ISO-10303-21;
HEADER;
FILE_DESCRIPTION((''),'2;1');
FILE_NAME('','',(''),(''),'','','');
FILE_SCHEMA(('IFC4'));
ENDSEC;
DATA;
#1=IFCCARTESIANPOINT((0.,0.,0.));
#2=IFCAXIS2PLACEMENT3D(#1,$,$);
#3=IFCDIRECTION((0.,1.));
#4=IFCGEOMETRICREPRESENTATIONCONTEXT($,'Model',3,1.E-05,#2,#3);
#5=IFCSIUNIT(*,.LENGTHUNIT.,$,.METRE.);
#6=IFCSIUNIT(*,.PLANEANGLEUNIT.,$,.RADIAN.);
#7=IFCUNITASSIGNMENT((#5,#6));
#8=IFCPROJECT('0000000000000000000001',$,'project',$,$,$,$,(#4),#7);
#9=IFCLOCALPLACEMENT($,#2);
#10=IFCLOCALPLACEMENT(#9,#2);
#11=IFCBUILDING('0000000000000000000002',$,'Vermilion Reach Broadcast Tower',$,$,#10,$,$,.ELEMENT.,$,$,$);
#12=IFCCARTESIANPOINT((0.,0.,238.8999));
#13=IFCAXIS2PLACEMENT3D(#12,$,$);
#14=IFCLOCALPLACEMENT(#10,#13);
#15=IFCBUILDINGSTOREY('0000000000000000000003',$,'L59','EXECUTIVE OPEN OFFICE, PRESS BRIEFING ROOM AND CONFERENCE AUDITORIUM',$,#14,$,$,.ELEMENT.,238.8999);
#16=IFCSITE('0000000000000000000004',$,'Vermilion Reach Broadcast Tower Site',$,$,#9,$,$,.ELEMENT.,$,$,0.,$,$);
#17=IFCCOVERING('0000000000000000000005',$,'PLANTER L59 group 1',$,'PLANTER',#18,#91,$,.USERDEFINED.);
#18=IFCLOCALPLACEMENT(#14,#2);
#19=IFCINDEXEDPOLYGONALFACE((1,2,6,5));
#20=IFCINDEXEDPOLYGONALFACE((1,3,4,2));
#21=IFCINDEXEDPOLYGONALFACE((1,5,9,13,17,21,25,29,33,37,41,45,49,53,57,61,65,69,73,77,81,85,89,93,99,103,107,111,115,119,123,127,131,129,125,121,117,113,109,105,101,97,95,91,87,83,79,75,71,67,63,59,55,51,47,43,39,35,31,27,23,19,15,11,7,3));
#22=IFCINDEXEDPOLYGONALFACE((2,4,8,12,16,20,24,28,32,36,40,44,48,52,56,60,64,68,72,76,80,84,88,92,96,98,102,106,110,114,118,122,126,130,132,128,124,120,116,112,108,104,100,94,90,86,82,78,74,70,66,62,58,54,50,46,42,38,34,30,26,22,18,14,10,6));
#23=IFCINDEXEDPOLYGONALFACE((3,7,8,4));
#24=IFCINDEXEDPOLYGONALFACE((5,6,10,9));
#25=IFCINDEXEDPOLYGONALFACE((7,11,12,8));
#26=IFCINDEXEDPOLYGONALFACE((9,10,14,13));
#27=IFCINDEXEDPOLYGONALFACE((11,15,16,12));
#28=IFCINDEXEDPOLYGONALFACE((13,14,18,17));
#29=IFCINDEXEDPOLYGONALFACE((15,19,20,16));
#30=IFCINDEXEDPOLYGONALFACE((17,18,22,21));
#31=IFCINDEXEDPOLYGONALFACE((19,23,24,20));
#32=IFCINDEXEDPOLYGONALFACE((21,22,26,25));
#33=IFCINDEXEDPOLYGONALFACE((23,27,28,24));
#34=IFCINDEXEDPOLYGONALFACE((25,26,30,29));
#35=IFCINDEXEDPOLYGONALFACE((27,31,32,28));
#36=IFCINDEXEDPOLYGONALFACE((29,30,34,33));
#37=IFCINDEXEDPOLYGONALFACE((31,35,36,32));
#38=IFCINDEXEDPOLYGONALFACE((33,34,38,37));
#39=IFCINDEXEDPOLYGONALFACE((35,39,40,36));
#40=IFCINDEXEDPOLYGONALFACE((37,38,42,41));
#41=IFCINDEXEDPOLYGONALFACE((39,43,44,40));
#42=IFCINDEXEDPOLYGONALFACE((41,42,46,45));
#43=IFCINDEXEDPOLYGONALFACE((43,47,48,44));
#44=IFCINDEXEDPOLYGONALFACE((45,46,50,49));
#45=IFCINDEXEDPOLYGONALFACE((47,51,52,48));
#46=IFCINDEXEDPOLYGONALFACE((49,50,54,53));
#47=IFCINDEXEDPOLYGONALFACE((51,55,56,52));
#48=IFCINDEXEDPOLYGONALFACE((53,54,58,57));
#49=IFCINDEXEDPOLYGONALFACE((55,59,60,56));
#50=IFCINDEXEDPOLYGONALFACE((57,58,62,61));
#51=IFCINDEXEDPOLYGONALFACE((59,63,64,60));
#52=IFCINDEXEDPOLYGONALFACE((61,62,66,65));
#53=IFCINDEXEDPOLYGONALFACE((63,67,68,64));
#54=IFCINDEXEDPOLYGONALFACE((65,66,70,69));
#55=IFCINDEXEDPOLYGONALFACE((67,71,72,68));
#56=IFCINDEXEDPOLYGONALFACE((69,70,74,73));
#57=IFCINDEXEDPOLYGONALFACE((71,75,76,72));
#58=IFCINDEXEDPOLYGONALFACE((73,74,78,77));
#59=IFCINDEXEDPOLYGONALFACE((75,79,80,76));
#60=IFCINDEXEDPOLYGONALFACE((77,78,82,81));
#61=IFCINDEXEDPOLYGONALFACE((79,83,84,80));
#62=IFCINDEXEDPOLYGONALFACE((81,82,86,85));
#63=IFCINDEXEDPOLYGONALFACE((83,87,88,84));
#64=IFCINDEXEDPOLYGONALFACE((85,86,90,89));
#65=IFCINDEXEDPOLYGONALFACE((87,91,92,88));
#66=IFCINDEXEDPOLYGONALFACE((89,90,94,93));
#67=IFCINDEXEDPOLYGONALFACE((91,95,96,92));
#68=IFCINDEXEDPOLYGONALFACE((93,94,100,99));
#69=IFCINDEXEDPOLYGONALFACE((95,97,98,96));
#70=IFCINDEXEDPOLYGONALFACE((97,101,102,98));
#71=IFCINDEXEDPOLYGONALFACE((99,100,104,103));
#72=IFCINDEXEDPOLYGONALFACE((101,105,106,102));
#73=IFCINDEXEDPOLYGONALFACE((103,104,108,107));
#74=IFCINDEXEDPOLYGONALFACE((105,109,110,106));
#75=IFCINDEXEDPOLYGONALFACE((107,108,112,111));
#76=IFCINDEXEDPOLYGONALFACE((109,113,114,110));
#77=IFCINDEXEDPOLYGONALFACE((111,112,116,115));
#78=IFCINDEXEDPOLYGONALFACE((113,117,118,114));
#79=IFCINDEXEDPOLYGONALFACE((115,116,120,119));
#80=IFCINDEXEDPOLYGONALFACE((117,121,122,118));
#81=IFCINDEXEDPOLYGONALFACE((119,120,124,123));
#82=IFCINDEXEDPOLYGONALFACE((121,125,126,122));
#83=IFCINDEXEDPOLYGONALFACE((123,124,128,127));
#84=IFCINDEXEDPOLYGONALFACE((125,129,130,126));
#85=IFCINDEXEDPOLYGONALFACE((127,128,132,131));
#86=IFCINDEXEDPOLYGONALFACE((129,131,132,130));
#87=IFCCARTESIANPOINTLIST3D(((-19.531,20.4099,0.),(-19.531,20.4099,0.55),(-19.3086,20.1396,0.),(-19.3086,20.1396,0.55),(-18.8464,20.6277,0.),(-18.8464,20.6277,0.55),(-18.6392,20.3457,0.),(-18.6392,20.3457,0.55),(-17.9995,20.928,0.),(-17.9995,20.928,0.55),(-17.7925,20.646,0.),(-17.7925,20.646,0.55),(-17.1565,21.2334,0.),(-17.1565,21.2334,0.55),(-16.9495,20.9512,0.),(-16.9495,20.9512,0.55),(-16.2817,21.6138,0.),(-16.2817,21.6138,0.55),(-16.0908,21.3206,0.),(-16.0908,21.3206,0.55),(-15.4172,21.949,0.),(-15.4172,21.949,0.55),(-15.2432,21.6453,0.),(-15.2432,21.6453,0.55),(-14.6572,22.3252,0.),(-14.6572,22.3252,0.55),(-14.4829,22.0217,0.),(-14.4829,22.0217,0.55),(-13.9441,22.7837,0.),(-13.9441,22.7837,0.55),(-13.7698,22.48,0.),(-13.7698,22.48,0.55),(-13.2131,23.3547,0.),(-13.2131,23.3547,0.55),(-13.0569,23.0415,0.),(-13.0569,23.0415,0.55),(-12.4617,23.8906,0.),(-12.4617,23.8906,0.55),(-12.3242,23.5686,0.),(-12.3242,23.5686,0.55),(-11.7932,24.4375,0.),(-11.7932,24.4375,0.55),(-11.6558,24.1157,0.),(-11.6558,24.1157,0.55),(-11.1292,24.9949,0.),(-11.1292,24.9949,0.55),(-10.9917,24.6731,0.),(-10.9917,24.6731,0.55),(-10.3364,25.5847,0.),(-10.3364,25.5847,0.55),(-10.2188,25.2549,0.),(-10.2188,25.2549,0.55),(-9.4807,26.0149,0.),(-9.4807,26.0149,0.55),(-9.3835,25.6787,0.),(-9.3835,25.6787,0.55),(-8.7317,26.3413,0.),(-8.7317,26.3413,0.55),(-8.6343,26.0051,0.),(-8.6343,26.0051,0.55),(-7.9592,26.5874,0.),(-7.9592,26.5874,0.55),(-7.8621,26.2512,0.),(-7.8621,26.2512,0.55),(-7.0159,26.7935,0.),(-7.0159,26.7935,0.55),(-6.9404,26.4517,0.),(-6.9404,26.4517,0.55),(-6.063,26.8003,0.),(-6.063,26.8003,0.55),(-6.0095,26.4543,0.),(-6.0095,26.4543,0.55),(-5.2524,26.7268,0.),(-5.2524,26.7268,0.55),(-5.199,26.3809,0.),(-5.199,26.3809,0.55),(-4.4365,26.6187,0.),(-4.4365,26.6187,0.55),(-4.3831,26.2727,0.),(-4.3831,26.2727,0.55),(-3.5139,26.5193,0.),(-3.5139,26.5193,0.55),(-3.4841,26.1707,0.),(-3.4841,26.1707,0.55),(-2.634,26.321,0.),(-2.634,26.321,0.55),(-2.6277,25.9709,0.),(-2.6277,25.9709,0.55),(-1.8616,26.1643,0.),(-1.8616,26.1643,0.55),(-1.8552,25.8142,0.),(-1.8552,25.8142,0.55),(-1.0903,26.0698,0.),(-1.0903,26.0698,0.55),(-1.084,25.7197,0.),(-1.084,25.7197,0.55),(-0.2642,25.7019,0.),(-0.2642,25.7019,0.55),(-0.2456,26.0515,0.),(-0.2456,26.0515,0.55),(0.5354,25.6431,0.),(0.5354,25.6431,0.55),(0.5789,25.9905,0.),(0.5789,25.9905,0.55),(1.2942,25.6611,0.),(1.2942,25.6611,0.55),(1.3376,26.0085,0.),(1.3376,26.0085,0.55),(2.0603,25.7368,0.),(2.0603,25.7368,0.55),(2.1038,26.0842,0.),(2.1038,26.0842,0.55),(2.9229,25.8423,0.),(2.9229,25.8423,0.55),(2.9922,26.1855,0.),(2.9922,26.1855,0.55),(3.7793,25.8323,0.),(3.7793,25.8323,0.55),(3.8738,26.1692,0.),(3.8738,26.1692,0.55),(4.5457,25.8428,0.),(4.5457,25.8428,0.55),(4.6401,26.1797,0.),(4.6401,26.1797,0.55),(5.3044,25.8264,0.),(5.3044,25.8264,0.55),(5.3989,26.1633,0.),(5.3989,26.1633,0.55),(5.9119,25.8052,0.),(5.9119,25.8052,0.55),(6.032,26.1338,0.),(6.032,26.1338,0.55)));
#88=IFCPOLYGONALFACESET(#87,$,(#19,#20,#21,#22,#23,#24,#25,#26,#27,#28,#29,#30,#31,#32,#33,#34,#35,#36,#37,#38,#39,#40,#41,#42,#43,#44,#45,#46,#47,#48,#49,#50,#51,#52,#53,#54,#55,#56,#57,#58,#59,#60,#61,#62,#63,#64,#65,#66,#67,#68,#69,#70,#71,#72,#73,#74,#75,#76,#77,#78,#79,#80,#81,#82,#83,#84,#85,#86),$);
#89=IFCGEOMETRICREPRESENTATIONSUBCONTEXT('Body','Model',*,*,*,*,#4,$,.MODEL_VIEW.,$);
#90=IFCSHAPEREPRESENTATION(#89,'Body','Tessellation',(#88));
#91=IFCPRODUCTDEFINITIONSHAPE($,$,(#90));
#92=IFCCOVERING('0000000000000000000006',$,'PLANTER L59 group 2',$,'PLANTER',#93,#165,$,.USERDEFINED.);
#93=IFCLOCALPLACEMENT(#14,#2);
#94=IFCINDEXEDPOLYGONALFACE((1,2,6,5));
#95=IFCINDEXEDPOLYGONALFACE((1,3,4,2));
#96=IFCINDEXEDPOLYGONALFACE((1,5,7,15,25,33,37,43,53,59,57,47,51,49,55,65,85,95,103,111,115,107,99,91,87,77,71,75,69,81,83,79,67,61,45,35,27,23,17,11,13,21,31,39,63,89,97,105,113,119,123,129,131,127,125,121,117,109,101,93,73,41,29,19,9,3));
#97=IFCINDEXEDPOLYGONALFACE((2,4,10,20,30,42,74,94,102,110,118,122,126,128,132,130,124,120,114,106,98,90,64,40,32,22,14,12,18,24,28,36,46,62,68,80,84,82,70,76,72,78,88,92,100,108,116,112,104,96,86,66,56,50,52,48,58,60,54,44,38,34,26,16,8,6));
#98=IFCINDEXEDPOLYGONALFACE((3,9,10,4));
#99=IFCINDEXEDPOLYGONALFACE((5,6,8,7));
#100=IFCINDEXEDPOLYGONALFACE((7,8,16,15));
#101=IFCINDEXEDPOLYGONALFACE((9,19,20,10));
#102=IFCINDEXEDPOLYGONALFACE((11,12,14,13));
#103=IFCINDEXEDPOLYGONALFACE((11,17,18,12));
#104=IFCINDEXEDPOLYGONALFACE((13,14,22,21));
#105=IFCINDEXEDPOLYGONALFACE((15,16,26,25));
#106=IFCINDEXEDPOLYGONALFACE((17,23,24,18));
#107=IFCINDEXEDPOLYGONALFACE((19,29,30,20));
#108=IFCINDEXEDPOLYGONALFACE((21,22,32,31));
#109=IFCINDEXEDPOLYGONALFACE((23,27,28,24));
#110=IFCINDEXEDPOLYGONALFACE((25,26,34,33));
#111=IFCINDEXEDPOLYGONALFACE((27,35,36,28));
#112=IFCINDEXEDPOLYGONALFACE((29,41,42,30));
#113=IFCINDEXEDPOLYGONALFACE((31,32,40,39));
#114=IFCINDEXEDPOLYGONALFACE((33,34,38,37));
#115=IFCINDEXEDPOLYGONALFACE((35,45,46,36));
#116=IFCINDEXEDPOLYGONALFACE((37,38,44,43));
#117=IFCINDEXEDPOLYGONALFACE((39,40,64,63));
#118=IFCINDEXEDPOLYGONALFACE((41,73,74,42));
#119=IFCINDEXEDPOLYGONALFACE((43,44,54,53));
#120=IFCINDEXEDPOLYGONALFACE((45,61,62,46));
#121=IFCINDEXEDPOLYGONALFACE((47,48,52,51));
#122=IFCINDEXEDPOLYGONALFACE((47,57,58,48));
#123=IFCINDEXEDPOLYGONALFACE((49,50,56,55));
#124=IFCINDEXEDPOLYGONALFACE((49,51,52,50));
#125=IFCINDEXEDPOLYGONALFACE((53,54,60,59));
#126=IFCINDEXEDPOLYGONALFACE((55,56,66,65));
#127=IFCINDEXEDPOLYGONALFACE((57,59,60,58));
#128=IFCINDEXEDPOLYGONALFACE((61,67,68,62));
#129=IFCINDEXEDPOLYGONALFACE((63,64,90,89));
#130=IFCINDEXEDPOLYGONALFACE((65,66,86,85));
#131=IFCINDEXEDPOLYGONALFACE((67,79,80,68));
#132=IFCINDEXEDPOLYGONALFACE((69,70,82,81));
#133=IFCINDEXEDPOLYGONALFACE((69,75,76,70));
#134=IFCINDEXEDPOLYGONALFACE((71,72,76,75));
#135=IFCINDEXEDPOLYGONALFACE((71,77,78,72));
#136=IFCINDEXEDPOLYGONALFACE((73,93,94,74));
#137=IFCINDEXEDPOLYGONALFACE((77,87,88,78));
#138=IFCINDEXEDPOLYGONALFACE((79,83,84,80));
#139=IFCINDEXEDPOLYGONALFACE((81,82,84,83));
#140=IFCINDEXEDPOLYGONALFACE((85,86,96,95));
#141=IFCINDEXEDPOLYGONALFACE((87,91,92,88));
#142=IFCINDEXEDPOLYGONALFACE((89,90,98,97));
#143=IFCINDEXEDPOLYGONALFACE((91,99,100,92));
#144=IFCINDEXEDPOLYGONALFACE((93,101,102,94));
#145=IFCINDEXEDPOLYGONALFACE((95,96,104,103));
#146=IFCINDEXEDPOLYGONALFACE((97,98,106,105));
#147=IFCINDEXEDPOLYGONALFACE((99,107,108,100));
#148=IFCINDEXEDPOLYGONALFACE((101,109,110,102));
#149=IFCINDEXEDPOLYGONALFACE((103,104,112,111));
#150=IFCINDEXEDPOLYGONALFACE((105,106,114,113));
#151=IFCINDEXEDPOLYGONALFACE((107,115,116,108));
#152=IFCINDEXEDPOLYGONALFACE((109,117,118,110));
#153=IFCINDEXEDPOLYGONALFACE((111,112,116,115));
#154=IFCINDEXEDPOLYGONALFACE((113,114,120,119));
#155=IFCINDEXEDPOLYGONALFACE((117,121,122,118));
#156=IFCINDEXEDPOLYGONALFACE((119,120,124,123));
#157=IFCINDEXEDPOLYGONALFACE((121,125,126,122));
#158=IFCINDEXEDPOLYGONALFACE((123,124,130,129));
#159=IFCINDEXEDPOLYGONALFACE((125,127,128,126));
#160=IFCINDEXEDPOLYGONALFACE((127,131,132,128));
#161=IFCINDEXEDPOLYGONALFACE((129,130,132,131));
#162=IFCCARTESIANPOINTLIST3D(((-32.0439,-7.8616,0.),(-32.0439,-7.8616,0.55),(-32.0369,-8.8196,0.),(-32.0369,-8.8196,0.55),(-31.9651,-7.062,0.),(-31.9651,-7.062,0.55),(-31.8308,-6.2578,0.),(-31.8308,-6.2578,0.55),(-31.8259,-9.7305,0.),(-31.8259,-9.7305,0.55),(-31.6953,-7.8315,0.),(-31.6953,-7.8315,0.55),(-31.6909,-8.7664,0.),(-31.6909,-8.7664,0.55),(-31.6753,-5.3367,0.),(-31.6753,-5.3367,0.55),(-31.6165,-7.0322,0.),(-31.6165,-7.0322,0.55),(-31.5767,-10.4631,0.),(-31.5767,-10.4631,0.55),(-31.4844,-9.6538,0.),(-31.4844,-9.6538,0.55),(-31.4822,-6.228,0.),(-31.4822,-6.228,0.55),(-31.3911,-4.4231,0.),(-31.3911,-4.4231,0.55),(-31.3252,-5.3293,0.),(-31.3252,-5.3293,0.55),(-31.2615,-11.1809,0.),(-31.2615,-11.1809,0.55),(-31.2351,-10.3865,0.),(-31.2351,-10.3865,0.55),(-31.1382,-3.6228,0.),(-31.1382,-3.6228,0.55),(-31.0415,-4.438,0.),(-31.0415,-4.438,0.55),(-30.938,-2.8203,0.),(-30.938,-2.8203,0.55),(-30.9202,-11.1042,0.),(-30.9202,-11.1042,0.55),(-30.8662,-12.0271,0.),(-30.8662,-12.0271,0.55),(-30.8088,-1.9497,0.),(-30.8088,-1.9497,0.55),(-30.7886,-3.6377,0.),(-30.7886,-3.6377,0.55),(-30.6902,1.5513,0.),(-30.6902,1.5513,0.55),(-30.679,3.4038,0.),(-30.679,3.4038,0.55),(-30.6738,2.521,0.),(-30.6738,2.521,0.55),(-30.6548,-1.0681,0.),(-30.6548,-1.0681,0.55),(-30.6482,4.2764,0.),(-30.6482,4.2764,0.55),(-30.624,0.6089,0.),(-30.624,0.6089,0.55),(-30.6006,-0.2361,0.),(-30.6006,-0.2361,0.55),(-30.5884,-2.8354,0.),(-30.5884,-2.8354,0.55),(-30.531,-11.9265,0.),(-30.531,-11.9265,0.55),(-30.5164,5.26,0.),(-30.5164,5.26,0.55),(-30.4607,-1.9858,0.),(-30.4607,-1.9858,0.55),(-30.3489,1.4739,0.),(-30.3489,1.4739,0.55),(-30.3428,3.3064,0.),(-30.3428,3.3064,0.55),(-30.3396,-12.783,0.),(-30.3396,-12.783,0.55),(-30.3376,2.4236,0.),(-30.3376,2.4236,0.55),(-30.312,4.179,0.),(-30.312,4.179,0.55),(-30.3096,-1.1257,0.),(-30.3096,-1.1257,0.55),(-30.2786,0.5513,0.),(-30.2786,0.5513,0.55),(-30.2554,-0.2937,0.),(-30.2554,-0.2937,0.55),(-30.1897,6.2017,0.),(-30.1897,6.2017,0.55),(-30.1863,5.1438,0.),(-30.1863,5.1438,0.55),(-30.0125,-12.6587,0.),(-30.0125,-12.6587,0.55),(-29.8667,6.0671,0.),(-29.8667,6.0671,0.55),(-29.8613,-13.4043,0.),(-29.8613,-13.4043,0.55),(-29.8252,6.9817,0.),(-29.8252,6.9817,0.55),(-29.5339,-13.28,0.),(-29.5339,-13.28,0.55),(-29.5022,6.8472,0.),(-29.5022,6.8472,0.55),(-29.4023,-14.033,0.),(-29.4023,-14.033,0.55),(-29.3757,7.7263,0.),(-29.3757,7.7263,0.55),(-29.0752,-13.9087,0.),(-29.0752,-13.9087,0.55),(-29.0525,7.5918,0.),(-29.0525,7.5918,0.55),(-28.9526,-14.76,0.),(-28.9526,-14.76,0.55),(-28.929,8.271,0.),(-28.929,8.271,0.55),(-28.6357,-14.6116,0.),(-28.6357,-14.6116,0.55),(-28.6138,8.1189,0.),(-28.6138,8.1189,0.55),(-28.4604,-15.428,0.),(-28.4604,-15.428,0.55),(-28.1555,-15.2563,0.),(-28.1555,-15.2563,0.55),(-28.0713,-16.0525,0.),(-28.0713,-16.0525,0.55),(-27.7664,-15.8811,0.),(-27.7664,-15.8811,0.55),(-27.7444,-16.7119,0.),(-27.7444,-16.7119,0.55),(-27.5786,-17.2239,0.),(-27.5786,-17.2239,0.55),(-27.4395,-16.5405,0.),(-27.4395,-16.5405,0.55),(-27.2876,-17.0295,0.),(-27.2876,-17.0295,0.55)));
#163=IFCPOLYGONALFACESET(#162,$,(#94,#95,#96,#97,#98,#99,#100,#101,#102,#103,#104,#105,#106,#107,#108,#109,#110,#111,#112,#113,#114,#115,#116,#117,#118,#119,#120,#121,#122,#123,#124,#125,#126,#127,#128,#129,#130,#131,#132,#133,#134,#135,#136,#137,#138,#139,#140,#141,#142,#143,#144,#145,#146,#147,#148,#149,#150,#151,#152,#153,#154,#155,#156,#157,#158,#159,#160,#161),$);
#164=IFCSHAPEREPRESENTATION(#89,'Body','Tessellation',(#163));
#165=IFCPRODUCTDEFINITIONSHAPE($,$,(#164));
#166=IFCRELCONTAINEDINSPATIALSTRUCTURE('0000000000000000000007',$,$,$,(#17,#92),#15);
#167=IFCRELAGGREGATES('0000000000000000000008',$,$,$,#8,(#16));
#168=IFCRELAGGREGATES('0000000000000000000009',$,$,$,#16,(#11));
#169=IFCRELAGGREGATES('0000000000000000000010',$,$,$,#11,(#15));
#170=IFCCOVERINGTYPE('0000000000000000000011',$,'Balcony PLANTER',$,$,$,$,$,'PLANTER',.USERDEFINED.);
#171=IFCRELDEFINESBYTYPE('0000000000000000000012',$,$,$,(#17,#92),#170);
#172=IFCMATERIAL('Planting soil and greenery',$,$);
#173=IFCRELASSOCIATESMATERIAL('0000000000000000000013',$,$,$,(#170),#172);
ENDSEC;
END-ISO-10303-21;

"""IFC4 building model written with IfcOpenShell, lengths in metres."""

from ifc_helpers import new_model, si_unit, direction, frame, origin, place, context, subcontext, project, spatial, polyline, outline, extrude, material, type_object, element, save


model = new_model("IFC4")

# Units and contexts
model_context = context("Model", 3, precision=1e-05, world=origin(), true_north=direction((0.0, 1.0)))
body_context = subcontext(model_context, "Body", "Model", "MODEL_VIEW")
ifc_project = project(units=[si_unit("LENGTHUNIT", "METRE"), si_unit("PLANEANGLEUNIT", "RADIAN")], contexts=[model_context])

# Site, building, storey
site_placement = place(None, origin())
site = spatial("IfcSite", under=ifc_project, at=site_placement, Name="Vermilion Reach Broadcast Tower Site", CompositionType="ELEMENT", RefElevation=0.0)
building_placement = place(site_placement, origin())
building = spatial("IfcBuilding", under=site, at=building_placement, Name="Vermilion Reach Broadcast Tower", CompositionType="ELEMENT")
storey_placement = place(building_placement, frame((0.0, 0.0, 238.8999)))
storey = spatial("IfcBuildingStorey", under=building, at=storey_placement, Name="L59", Description="EXECUTIVE OPEN OFFICE, PRESS BRIEFING ROOM AND CONFERENCE AUDITORIUM", CompositionType="ELEMENT", Elevation=238.8999)

# Shared definitions
placement_1 = place(storey_placement, origin())

# Coverings
ifc_material_1 = material(Name="Planting soil and greenery")
covering_type = type_object("IfcCoveringType", Name="Balcony PLANTER", ElementType="PLANTER", PredefinedType="USERDEFINED", material=ifc_material_1)
element("IfcCovering", 1, at=placement_1, inside=storey, type_object=covering_type, Name="PLANTER L59 group 1", ObjectType="PLANTER", PredefinedType="USERDEFINED", context=body_context, shape_type="SweptSolid", body=[
    extrude(outline(polyline([(6.032, 26.1338), (5.3989, 26.1633), (4.6401, 26.1797), (3.8738, 26.1692), (2.9922, 26.1855), (2.1038, 26.0842), (1.3376, 26.0085), (0.5789, 25.9905), (-0.2456, 26.0515), (-1.0903, 26.0698), (-1.8616, 26.1643), (-2.634, 26.321), (-3.5139, 26.5193), (-4.4365, 26.6187), (-5.2524, 26.7268), (-6.063, 26.8003), (-7.0159, 26.7935), (-7.9592, 26.5874), (-8.7317, 26.3413), (-9.4807, 26.0149), (-10.3364, 25.5847), (-11.1292, 24.9949), (-11.7932, 24.4375), (-12.4617, 23.8906), (-13.2131, 23.3547), (-13.9441, 22.7837), (-14.6572, 22.3252), (-15.4172, 21.949), (-16.2817, 21.6138), (-17.1565, 21.2334), (-17.9995, 20.928), (-18.8464, 20.6277), (-19.531, 20.4099), (-19.3086, 20.1396), (-18.6392, 20.3457), (-17.7925, 20.646), (-16.9495, 20.9512), (-16.0908, 21.3206), (-15.2432, 21.6453), (-14.4829, 22.0217), (-13.7698, 22.48), (-13.0569, 23.0415), (-12.3242, 23.5686), (-11.6558, 24.1157), (-10.9917, 24.6731), (-10.2188, 25.2549), (-9.3835, 25.6787), (-8.6343, 26.0051), (-7.8621, 26.2512), (-6.9404, 26.4517), (-6.0095, 26.4543), (-5.199, 26.3809), (-4.3831, 26.2727), (-3.4841, 26.1707), (-2.6277, 25.9709), (-1.8552, 25.8142), (-1.084, 25.7197), (-0.2642, 25.7019), (0.5354, 25.6431), (1.2942, 25.6611), (2.0603, 25.7368), (2.9229, 25.8423), (3.7793, 25.8323), (4.5457, 25.8428), (5.3044, 25.8264), (5.9119, 25.8052), (6.032, 26.1338)])), origin(), (0.0, 0.0, 1.0), 0.55),
])
element("IfcCovering", 2, at=placement_1, inside=storey, type_object=covering_type, Name="PLANTER L59 group 2", ObjectType="PLANTER", PredefinedType="USERDEFINED", context=body_context, shape_type="SweptSolid", body=[
    extrude(outline(polyline([(-28.929, 8.271), (-29.3757, 7.7263), (-29.8252, 6.9817), (-30.1897, 6.2017), (-30.5164, 5.26), (-30.6482, 4.2764), (-30.679, 3.4038), (-30.6738, 2.521), (-30.6902, 1.5513), (-30.624, 0.6089), (-30.6006, -0.2361), (-30.6548, -1.0681), (-30.8088, -1.9497), (-30.938, -2.8203), (-31.1382, -3.6228), (-31.3911, -4.4231), (-31.6753, -5.3367), (-31.8308, -6.2578), (-31.9651, -7.062), (-32.0439, -7.8616), (-32.0369, -8.8196), (-31.8259, -9.7305), (-31.5767, -10.4631), (-31.2615, -11.1809), (-30.8662, -12.0271), (-30.3396, -12.783), (-29.8613, -13.4043), (-29.4023, -14.033), (-28.9526, -14.76), (-28.4604, -15.428), (-28.0713, -16.0525), (-27.7444, -16.7119), (-27.5786, -17.2239), (-27.2876, -17.0295), (-27.4395, -16.5405), (-27.7664, -15.8811), (-28.1555, -15.2563), (-28.6357, -14.6116), (-29.0752, -13.9087), (-29.5339, -13.28), (-30.0125, -12.6587), (-30.531, -11.9265), (-30.9202, -11.1042), (-31.2351, -10.3865), (-31.4844, -9.6538), (-31.6909, -8.7664), (-31.6953, -7.8315), (-31.6165, -7.0322), (-31.4822, -6.228), (-31.3252, -5.3293), (-31.0415, -4.438), (-30.7886, -3.6377), (-30.5884, -2.8354), (-30.4607, -1.9858), (-30.3096, -1.1257), (-30.2554, -0.2937), (-30.2786, 0.5513), (-30.3489, 1.4739), (-30.3376, 2.4236), (-30.3428, 3.3064), (-30.312, 4.179), (-30.1863, 5.1438), (-29.8667, 6.0671), (-29.5022, 6.8472), (-29.0525, 7.5918), (-28.6138, 8.1189), (-28.929, 8.271)])), origin(), (0.0, 0.0, 1.0), 0.55),
])

save(model, "model.ifc")
